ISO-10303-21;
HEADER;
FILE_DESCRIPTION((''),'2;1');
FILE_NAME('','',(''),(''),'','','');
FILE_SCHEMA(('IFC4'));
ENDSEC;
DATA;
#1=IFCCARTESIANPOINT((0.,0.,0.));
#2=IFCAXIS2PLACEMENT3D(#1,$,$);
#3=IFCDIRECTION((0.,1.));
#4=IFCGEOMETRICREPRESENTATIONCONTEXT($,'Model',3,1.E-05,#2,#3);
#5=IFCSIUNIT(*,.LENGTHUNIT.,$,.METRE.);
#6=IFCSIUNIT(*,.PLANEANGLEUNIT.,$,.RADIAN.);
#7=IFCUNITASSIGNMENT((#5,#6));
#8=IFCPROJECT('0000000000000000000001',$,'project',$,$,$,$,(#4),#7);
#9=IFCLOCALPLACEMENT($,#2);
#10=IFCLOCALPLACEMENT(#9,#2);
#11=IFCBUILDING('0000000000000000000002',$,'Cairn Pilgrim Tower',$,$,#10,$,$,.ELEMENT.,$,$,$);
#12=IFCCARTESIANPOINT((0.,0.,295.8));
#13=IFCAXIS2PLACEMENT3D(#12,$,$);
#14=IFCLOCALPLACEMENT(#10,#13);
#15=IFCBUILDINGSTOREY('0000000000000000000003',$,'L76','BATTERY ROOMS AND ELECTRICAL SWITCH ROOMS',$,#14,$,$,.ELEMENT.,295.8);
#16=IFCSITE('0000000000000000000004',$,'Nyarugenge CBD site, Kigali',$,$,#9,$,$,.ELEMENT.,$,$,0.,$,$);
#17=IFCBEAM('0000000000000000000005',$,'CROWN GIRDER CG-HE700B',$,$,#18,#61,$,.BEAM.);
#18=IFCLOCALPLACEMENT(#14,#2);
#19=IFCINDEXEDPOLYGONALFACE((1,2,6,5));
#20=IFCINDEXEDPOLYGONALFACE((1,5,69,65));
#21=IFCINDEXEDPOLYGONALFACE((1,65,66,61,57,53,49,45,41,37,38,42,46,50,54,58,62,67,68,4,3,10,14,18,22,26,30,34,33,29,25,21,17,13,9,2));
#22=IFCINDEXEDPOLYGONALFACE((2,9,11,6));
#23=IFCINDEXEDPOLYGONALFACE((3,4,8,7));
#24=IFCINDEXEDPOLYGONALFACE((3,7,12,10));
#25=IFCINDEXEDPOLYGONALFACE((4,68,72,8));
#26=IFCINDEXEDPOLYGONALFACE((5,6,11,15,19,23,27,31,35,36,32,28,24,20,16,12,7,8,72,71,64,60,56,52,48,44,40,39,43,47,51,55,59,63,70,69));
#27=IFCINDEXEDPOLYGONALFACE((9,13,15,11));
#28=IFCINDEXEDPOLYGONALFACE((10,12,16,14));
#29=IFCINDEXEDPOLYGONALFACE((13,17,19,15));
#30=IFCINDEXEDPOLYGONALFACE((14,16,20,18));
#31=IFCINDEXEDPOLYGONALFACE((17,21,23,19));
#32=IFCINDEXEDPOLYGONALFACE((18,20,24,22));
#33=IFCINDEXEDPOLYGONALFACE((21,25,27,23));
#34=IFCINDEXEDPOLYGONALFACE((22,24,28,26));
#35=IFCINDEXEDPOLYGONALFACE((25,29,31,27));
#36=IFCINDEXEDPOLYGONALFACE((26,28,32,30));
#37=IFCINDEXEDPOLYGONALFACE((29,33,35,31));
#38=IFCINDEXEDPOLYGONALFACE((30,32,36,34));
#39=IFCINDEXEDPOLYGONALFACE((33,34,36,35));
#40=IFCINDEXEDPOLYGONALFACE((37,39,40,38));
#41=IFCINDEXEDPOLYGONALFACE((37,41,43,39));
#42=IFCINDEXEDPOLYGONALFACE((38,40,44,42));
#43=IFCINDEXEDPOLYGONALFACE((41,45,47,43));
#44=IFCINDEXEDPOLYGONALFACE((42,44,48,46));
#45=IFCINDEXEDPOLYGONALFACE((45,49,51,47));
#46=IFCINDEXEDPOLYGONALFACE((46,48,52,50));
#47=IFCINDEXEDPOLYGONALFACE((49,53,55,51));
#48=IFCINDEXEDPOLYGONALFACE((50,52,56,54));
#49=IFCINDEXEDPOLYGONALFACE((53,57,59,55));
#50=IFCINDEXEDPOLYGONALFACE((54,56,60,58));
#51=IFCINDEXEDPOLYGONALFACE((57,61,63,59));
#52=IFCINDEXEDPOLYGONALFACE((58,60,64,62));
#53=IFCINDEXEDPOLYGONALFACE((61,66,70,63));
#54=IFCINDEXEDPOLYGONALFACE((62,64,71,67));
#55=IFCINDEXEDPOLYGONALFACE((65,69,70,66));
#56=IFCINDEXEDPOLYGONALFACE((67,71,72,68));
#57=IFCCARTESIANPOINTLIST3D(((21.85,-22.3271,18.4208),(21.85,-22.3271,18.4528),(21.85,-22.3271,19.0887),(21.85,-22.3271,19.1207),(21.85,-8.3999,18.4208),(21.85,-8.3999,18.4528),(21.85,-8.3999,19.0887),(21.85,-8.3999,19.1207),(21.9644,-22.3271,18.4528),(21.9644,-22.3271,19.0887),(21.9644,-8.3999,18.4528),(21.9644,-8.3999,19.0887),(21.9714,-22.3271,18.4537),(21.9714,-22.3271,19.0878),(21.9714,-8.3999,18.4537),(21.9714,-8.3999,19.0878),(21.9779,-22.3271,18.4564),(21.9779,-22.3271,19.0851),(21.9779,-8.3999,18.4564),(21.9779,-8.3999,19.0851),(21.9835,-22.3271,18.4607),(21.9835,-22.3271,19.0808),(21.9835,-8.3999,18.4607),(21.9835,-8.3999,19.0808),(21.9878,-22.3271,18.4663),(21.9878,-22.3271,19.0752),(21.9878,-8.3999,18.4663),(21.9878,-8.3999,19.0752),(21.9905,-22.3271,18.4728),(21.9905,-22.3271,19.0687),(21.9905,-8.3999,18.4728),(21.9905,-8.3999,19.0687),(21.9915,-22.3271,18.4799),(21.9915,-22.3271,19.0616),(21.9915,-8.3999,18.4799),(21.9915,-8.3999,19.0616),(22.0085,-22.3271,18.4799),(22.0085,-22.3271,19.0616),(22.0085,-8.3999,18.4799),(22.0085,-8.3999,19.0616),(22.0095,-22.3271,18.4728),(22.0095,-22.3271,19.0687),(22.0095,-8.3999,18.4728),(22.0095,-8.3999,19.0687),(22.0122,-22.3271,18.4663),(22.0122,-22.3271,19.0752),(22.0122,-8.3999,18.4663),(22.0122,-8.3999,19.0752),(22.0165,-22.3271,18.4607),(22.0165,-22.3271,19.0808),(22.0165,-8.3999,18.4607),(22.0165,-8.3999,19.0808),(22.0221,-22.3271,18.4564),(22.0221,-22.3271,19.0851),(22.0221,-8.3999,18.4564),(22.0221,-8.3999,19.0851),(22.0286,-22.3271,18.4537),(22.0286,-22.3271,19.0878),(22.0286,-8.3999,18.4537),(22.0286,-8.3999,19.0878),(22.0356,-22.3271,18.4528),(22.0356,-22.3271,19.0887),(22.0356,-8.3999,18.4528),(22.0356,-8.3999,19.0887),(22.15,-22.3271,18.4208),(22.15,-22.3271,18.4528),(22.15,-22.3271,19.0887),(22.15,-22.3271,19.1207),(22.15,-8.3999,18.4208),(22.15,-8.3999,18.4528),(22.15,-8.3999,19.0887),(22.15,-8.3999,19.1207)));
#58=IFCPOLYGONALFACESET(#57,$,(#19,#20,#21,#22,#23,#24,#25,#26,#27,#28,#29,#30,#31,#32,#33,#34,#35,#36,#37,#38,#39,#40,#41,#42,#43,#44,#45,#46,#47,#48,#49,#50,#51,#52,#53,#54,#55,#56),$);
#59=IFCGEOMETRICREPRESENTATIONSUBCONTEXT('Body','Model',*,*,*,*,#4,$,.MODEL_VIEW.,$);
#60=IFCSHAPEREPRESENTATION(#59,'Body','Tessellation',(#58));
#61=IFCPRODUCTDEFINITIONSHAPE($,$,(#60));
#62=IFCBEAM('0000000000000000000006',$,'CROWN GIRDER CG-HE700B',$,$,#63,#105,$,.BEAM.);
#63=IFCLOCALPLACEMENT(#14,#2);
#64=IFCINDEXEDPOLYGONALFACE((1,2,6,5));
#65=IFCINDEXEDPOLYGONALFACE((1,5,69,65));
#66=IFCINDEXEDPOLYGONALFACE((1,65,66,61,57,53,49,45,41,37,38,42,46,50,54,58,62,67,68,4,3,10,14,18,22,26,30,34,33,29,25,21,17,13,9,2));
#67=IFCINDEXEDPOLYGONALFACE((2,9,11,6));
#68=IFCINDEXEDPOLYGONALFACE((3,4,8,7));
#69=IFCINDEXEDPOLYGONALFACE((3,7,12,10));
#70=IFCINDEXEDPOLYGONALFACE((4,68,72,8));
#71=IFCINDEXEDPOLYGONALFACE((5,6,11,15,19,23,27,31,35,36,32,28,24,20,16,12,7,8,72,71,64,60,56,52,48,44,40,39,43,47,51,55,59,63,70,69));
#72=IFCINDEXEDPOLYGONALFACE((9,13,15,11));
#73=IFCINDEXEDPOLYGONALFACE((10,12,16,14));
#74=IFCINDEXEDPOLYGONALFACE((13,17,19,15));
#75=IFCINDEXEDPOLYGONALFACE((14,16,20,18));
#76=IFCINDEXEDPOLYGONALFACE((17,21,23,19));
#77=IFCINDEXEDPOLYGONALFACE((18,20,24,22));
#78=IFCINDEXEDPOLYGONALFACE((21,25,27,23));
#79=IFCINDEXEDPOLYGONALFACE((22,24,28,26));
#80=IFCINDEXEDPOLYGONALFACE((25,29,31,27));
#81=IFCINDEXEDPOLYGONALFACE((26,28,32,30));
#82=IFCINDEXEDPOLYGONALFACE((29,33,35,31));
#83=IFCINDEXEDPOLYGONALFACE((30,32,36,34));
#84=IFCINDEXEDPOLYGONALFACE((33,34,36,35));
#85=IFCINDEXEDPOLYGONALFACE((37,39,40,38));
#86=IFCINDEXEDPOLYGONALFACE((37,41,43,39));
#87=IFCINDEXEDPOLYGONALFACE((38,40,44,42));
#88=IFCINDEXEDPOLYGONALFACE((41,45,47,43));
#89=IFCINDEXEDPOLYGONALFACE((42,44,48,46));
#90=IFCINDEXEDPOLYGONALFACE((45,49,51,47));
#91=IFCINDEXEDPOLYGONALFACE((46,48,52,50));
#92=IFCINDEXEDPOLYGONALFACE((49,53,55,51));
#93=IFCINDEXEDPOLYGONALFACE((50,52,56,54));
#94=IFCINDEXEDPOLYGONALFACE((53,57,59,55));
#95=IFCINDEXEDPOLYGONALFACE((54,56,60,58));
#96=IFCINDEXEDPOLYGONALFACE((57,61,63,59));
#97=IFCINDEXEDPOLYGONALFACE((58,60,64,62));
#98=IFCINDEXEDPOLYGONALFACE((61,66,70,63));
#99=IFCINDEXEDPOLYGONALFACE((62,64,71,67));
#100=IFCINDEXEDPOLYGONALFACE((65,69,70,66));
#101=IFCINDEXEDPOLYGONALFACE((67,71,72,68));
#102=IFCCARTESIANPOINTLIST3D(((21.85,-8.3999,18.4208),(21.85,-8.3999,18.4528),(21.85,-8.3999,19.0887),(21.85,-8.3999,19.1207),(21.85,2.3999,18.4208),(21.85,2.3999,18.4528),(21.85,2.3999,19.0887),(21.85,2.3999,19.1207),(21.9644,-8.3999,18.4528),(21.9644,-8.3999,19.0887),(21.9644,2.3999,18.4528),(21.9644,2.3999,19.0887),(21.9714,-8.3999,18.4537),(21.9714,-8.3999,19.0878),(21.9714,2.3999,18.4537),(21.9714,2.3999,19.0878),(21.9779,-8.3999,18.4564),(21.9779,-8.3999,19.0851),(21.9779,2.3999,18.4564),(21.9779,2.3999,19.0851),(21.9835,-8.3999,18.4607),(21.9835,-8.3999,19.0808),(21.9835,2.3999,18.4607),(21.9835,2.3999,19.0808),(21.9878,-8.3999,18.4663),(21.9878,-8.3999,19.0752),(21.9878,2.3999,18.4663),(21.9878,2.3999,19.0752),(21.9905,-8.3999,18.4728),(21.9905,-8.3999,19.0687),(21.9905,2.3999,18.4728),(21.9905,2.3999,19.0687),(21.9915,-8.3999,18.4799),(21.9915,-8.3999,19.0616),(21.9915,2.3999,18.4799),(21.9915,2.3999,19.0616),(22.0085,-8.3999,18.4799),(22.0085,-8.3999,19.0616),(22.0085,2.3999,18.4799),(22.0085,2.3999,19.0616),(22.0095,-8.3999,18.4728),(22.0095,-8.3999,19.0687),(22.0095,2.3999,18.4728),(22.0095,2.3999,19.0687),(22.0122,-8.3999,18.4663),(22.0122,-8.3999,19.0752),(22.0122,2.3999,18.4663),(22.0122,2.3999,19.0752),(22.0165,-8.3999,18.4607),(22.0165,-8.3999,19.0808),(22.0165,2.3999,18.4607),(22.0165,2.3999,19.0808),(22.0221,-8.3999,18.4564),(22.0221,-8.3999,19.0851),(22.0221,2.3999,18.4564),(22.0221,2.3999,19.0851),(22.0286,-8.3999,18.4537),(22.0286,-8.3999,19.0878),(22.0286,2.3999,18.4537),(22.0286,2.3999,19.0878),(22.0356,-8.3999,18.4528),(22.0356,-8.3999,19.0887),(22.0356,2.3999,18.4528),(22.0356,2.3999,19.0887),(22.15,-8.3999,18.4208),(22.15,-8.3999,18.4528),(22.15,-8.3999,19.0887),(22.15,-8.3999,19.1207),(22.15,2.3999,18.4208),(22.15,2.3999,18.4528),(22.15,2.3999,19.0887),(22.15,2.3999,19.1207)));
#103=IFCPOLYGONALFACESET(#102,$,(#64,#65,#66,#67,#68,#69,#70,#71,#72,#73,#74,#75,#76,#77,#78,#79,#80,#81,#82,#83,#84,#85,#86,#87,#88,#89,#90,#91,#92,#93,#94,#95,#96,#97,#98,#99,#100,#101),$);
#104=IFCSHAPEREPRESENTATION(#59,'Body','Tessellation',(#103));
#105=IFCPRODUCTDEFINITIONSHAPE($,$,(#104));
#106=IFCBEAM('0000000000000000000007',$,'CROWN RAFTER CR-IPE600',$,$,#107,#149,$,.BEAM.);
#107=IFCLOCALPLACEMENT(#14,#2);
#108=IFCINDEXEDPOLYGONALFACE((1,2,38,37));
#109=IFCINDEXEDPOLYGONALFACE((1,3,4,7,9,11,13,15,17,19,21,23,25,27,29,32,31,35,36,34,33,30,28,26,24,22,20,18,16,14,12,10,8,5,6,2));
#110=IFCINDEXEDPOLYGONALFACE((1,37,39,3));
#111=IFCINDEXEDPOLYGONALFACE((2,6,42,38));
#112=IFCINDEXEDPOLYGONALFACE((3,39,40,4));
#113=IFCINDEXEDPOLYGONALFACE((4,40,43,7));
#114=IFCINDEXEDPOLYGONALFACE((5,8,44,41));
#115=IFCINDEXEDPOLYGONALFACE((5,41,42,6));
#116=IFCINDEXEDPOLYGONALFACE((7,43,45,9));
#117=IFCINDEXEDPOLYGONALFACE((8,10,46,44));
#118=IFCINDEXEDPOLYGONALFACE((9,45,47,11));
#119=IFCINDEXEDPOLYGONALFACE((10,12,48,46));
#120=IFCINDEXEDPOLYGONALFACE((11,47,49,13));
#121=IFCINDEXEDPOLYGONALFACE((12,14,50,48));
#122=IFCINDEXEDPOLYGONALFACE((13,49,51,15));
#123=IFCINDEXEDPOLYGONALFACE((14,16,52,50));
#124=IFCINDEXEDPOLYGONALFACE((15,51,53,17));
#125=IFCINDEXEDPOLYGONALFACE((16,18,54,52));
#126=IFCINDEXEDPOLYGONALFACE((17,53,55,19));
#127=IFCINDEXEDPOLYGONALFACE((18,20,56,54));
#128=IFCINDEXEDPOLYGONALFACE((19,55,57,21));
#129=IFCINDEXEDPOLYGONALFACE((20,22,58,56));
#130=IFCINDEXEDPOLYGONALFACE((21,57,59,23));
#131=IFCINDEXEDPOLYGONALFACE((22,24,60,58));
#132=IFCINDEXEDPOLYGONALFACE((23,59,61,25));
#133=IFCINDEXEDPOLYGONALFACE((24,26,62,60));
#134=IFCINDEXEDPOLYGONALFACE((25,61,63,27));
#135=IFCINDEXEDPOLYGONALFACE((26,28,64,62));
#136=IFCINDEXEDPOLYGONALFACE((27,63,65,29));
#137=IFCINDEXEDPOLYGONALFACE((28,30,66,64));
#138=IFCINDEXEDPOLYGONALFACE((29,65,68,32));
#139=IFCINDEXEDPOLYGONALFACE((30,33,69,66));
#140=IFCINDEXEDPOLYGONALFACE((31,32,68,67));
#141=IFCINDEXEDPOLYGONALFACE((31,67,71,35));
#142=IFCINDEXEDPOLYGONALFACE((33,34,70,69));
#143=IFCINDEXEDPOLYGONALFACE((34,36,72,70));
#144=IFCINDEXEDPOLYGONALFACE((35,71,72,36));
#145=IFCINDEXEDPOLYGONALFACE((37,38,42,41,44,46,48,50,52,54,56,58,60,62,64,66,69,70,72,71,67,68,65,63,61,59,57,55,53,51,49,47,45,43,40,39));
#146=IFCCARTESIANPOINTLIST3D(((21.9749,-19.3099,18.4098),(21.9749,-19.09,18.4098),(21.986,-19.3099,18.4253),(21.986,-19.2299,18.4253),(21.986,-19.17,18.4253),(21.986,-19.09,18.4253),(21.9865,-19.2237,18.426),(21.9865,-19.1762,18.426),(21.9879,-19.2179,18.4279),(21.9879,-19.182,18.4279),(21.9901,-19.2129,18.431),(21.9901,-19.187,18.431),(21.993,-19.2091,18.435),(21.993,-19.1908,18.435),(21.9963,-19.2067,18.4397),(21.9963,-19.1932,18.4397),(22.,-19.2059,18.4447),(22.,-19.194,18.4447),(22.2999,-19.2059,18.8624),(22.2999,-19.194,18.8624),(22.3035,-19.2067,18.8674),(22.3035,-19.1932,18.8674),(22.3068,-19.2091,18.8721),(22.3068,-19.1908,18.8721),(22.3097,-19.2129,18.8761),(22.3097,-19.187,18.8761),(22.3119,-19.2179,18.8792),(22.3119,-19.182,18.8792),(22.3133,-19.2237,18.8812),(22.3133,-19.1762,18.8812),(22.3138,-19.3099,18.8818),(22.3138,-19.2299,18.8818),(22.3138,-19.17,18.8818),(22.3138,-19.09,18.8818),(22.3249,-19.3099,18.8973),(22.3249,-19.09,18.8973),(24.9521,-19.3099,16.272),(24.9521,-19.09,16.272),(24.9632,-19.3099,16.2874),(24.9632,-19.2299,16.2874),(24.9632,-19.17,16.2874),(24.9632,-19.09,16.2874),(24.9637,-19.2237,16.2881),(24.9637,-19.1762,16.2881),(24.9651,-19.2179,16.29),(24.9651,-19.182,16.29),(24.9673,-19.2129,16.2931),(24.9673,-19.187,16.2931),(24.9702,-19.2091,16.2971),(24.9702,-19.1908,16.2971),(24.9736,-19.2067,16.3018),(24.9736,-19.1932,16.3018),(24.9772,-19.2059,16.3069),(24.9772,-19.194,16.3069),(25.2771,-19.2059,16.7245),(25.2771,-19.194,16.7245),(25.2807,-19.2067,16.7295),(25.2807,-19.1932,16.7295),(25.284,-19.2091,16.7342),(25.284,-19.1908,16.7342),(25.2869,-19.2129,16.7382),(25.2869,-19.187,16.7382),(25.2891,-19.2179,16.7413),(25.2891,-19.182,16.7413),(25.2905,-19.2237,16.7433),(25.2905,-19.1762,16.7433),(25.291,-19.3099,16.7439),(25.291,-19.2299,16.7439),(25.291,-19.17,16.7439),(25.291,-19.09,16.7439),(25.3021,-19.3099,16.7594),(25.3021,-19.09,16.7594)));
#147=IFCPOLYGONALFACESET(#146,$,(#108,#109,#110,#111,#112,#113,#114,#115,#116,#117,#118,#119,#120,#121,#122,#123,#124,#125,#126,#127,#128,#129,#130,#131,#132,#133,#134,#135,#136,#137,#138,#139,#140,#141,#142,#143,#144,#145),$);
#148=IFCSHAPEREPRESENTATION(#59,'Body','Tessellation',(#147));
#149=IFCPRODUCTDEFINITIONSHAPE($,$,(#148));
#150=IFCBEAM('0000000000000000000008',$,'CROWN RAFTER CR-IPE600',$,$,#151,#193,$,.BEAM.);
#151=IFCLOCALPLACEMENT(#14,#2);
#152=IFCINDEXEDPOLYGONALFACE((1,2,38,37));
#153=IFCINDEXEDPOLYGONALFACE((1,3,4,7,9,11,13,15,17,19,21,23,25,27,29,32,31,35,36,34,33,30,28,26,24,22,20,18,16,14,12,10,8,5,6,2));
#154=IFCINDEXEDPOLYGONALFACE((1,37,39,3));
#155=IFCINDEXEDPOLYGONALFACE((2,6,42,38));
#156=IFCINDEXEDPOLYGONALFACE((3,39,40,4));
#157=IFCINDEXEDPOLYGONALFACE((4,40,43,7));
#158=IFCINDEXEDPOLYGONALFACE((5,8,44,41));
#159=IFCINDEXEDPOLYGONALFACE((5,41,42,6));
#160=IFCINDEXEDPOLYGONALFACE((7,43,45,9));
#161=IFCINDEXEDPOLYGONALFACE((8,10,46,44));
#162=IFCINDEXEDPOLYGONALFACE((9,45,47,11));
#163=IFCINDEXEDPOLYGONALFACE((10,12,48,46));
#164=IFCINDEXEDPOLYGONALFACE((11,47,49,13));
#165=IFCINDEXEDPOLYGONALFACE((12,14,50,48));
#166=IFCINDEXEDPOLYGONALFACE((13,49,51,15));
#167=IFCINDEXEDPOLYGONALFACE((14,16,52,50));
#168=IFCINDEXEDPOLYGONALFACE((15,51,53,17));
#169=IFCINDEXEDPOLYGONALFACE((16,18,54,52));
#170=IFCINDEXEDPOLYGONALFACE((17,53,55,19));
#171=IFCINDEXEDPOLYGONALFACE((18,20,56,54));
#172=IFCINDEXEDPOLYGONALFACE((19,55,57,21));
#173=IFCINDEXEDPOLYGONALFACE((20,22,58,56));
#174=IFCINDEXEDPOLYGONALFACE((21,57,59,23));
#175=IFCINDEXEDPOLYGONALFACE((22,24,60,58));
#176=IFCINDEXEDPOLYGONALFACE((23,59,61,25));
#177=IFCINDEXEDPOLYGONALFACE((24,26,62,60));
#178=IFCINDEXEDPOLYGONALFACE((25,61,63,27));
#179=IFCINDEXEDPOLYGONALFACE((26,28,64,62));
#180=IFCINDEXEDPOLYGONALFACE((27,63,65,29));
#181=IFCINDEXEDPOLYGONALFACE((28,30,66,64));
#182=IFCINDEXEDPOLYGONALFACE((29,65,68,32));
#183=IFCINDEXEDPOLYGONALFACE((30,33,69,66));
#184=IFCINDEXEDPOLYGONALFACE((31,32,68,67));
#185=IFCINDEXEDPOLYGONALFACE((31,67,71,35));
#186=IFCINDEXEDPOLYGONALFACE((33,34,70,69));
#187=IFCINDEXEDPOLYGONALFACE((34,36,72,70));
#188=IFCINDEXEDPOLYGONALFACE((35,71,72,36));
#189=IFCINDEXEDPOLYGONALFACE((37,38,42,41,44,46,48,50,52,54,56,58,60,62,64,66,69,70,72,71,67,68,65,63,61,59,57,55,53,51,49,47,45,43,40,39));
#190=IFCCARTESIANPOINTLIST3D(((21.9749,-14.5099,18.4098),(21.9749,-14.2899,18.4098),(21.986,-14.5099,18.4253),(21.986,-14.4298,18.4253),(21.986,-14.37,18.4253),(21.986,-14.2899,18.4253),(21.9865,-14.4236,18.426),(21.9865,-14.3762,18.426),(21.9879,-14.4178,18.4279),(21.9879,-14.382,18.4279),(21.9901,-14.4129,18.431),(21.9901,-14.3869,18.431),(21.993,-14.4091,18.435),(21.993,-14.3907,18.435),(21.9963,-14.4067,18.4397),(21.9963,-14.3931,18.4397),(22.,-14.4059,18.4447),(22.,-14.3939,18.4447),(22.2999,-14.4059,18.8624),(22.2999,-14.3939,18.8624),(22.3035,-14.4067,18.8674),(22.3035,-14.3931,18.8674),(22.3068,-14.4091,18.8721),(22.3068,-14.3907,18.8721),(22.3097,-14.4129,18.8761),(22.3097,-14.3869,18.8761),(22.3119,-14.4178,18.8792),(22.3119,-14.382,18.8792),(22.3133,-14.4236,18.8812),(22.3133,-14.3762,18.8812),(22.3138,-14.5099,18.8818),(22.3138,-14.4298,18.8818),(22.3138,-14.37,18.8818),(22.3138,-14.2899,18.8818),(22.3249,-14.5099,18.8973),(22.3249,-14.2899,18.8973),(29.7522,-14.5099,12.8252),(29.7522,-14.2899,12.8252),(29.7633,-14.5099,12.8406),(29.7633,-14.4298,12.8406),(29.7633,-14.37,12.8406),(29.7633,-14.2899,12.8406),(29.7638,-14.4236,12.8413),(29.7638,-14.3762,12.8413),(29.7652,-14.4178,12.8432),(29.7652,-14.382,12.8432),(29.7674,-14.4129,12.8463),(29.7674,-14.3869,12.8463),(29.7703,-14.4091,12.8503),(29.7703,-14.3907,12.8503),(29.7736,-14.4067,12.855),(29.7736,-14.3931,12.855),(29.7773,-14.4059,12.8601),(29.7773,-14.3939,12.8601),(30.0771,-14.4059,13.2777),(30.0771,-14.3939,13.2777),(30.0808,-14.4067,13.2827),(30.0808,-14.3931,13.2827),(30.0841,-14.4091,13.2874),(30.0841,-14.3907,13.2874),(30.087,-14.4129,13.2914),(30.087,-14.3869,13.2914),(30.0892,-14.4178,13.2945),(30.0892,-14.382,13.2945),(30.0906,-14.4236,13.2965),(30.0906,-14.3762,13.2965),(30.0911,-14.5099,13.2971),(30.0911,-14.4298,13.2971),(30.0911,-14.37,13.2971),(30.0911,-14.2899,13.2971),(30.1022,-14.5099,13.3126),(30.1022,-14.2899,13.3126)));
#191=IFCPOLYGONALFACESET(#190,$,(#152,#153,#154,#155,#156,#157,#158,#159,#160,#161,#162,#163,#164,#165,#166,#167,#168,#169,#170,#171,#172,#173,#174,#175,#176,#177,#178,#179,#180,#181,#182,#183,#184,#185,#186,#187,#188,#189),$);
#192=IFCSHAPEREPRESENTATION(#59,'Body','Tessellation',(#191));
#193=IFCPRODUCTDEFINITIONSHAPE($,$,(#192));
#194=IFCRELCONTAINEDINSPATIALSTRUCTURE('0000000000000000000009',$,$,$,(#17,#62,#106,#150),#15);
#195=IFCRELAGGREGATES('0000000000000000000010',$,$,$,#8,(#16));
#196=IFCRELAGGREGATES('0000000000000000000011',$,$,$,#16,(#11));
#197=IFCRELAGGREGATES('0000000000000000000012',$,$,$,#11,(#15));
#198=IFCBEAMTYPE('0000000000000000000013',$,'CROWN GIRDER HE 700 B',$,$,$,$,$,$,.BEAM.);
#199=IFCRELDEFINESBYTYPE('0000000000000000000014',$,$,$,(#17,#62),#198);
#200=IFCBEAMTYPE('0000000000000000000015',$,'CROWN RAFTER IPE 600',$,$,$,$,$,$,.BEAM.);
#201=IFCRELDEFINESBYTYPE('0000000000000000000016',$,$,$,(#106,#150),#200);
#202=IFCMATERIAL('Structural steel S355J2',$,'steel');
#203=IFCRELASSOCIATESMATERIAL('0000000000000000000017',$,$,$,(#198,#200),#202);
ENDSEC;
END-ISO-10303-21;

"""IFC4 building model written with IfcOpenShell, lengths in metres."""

from ifc_helpers import new_model, si_unit, direction, frame, origin, origin_2d, place, context, subcontext, project, spatial, i_section, extrude, material, material_profile, profile_set, type_object, element, save


model = new_model("IFC4")

# Units and contexts
model_context = context("Model", 3, precision=1e-05, world=origin(), true_north=direction((0.0, 1.0)))
body_context = subcontext(model_context, "Body", "Model", "MODEL_VIEW")
ifc_project = project(units=[si_unit("LENGTHUNIT", "METRE"), si_unit("PLANEANGLEUNIT", "RADIAN")], contexts=[model_context])

# Site, building, storey
site_placement = place(None, origin())
site = spatial("IfcSite", under=ifc_project, at=site_placement, Name="Nyarugenge CBD site, Kigali", CompositionType="ELEMENT", RefElevation=0.0)
building_placement = place(site_placement, origin())
building = spatial("IfcBuilding", under=site, at=building_placement, Name="Cairn Pilgrim Tower", CompositionType="ELEMENT")
storey_placement = place(building_placement, frame((0.0, 0.0, 295.8)))
storey = spatial("IfcBuildingStorey", under=building, at=storey_placement, Name="L76", Description="BATTERY ROOMS AND ELECTRICAL SWITCH ROOMS", CompositionType="ELEMENT", Elevation=295.8)

# Beams
ifc_material_1 = material(Name="Structural steel S355J2", Category="steel")
ifc_material_profile_1 = material_profile(ifc_material_1, i_section(OverallWidth=0.3, OverallDepth=0.7, WebThickness=0.0171, FlangeThickness=0.032, FilletRadius=0.0271, at=origin_2d()), Name="HEB 700")
ifc_profile_set_1 = profile_set([ifc_material_profile_1], Name="Structural steel S355J2")
beam_type_1 = type_object("IfcBeamType", Name="CROWN GIRDER HE 700 B", PredefinedType="BEAM", material=ifc_profile_set_1)
beam_1_placement = place(storey_placement, frame((22.0, -22.3271, 18.7708), z_axis=(0.0, 1.0, 0.0), x_axis=(-1.0, 0.0, 0.0)))
element("IfcBeam", 1, at=beam_1_placement, inside=storey, type_object=beam_type_1, Name="CROWN GIRDER CG-HE700B", PredefinedType="BEAM", context=body_context, shape_type="SweptSolid", body=[
    extrude(i_section(OverallWidth=0.3, OverallDepth=0.7, WebThickness=0.0171, FlangeThickness=0.032, FilletRadius=0.0271, at=origin_2d()), origin(), (0.0, 0.0, 1.0), 13.9272),
])
beam_2_placement = place(storey_placement, frame((22.0, -8.3999, 18.7708), z_axis=(0.0, 1.0, 0.0), x_axis=(-1.0, 0.0, 0.0)))
element("IfcBeam", 2, at=beam_2_placement, inside=storey, type_object=beam_type_1, Name="CROWN GIRDER CG-HE700B", PredefinedType="BEAM", context=body_context, shape_type="SweptSolid", body=[
    extrude(i_section(OverallWidth=0.3, OverallDepth=0.7, WebThickness=0.0171, FlangeThickness=0.032, FilletRadius=0.0271, at=origin_2d()), origin(), (0.0, 0.0, 1.0), 10.7998),
])
ifc_material_profile_2 = material_profile(ifc_material_1, i_section(OverallWidth=0.22, OverallDepth=0.6001, WebThickness=0.012, FlangeThickness=0.019, FilletRadius=0.0239, at=origin_2d()), Name="IPE 600")
ifc_profile_set_2 = profile_set([ifc_material_profile_2], Name="Structural steel S355J2")
beam_type_2 = type_object("IfcBeamType", Name="CROWN RAFTER IPE 600", PredefinedType="BEAM", material=ifc_profile_set_2)
beam_3_placement = place(storey_placement, frame((22.1499, -19.2, 18.6536), z_axis=(0.812273, 0.0, -0.583278), x_axis=(0.0, 1.0, 0.0)))
element("IfcBeam", 3, at=beam_3_placement, inside=storey, type_object=beam_type_2, Name="CROWN RAFTER CR-IPE600", PredefinedType="BEAM", context=body_context, shape_type="SweptSolid", body=[
    extrude(i_section(OverallWidth=0.22, OverallDepth=0.6001, WebThickness=0.012, FlangeThickness=0.019, FilletRadius=0.0239, at=origin_2d()), origin(), (0.0, 0.0, 1.0), 3.6653),
])
beam_4_placement = place(storey_placement, frame((22.1499, -14.3999, 18.6536), z_axis=(0.812275, 0.0, -0.583275), x_axis=(0.0, 1.0, 0.0)))
element("IfcBeam", 4, at=beam_4_placement, inside=storey, type_object=beam_type_2, Name="CROWN RAFTER CR-IPE600", PredefinedType="BEAM", context=body_context, shape_type="SweptSolid", body=[
    extrude(i_section(OverallWidth=0.22, OverallDepth=0.6001, WebThickness=0.012, FlangeThickness=0.019, FilletRadius=0.0239, at=origin_2d()), origin(), (0.0, 0.0, 1.0), 9.5747),
])

save(model, "model.ifc")
